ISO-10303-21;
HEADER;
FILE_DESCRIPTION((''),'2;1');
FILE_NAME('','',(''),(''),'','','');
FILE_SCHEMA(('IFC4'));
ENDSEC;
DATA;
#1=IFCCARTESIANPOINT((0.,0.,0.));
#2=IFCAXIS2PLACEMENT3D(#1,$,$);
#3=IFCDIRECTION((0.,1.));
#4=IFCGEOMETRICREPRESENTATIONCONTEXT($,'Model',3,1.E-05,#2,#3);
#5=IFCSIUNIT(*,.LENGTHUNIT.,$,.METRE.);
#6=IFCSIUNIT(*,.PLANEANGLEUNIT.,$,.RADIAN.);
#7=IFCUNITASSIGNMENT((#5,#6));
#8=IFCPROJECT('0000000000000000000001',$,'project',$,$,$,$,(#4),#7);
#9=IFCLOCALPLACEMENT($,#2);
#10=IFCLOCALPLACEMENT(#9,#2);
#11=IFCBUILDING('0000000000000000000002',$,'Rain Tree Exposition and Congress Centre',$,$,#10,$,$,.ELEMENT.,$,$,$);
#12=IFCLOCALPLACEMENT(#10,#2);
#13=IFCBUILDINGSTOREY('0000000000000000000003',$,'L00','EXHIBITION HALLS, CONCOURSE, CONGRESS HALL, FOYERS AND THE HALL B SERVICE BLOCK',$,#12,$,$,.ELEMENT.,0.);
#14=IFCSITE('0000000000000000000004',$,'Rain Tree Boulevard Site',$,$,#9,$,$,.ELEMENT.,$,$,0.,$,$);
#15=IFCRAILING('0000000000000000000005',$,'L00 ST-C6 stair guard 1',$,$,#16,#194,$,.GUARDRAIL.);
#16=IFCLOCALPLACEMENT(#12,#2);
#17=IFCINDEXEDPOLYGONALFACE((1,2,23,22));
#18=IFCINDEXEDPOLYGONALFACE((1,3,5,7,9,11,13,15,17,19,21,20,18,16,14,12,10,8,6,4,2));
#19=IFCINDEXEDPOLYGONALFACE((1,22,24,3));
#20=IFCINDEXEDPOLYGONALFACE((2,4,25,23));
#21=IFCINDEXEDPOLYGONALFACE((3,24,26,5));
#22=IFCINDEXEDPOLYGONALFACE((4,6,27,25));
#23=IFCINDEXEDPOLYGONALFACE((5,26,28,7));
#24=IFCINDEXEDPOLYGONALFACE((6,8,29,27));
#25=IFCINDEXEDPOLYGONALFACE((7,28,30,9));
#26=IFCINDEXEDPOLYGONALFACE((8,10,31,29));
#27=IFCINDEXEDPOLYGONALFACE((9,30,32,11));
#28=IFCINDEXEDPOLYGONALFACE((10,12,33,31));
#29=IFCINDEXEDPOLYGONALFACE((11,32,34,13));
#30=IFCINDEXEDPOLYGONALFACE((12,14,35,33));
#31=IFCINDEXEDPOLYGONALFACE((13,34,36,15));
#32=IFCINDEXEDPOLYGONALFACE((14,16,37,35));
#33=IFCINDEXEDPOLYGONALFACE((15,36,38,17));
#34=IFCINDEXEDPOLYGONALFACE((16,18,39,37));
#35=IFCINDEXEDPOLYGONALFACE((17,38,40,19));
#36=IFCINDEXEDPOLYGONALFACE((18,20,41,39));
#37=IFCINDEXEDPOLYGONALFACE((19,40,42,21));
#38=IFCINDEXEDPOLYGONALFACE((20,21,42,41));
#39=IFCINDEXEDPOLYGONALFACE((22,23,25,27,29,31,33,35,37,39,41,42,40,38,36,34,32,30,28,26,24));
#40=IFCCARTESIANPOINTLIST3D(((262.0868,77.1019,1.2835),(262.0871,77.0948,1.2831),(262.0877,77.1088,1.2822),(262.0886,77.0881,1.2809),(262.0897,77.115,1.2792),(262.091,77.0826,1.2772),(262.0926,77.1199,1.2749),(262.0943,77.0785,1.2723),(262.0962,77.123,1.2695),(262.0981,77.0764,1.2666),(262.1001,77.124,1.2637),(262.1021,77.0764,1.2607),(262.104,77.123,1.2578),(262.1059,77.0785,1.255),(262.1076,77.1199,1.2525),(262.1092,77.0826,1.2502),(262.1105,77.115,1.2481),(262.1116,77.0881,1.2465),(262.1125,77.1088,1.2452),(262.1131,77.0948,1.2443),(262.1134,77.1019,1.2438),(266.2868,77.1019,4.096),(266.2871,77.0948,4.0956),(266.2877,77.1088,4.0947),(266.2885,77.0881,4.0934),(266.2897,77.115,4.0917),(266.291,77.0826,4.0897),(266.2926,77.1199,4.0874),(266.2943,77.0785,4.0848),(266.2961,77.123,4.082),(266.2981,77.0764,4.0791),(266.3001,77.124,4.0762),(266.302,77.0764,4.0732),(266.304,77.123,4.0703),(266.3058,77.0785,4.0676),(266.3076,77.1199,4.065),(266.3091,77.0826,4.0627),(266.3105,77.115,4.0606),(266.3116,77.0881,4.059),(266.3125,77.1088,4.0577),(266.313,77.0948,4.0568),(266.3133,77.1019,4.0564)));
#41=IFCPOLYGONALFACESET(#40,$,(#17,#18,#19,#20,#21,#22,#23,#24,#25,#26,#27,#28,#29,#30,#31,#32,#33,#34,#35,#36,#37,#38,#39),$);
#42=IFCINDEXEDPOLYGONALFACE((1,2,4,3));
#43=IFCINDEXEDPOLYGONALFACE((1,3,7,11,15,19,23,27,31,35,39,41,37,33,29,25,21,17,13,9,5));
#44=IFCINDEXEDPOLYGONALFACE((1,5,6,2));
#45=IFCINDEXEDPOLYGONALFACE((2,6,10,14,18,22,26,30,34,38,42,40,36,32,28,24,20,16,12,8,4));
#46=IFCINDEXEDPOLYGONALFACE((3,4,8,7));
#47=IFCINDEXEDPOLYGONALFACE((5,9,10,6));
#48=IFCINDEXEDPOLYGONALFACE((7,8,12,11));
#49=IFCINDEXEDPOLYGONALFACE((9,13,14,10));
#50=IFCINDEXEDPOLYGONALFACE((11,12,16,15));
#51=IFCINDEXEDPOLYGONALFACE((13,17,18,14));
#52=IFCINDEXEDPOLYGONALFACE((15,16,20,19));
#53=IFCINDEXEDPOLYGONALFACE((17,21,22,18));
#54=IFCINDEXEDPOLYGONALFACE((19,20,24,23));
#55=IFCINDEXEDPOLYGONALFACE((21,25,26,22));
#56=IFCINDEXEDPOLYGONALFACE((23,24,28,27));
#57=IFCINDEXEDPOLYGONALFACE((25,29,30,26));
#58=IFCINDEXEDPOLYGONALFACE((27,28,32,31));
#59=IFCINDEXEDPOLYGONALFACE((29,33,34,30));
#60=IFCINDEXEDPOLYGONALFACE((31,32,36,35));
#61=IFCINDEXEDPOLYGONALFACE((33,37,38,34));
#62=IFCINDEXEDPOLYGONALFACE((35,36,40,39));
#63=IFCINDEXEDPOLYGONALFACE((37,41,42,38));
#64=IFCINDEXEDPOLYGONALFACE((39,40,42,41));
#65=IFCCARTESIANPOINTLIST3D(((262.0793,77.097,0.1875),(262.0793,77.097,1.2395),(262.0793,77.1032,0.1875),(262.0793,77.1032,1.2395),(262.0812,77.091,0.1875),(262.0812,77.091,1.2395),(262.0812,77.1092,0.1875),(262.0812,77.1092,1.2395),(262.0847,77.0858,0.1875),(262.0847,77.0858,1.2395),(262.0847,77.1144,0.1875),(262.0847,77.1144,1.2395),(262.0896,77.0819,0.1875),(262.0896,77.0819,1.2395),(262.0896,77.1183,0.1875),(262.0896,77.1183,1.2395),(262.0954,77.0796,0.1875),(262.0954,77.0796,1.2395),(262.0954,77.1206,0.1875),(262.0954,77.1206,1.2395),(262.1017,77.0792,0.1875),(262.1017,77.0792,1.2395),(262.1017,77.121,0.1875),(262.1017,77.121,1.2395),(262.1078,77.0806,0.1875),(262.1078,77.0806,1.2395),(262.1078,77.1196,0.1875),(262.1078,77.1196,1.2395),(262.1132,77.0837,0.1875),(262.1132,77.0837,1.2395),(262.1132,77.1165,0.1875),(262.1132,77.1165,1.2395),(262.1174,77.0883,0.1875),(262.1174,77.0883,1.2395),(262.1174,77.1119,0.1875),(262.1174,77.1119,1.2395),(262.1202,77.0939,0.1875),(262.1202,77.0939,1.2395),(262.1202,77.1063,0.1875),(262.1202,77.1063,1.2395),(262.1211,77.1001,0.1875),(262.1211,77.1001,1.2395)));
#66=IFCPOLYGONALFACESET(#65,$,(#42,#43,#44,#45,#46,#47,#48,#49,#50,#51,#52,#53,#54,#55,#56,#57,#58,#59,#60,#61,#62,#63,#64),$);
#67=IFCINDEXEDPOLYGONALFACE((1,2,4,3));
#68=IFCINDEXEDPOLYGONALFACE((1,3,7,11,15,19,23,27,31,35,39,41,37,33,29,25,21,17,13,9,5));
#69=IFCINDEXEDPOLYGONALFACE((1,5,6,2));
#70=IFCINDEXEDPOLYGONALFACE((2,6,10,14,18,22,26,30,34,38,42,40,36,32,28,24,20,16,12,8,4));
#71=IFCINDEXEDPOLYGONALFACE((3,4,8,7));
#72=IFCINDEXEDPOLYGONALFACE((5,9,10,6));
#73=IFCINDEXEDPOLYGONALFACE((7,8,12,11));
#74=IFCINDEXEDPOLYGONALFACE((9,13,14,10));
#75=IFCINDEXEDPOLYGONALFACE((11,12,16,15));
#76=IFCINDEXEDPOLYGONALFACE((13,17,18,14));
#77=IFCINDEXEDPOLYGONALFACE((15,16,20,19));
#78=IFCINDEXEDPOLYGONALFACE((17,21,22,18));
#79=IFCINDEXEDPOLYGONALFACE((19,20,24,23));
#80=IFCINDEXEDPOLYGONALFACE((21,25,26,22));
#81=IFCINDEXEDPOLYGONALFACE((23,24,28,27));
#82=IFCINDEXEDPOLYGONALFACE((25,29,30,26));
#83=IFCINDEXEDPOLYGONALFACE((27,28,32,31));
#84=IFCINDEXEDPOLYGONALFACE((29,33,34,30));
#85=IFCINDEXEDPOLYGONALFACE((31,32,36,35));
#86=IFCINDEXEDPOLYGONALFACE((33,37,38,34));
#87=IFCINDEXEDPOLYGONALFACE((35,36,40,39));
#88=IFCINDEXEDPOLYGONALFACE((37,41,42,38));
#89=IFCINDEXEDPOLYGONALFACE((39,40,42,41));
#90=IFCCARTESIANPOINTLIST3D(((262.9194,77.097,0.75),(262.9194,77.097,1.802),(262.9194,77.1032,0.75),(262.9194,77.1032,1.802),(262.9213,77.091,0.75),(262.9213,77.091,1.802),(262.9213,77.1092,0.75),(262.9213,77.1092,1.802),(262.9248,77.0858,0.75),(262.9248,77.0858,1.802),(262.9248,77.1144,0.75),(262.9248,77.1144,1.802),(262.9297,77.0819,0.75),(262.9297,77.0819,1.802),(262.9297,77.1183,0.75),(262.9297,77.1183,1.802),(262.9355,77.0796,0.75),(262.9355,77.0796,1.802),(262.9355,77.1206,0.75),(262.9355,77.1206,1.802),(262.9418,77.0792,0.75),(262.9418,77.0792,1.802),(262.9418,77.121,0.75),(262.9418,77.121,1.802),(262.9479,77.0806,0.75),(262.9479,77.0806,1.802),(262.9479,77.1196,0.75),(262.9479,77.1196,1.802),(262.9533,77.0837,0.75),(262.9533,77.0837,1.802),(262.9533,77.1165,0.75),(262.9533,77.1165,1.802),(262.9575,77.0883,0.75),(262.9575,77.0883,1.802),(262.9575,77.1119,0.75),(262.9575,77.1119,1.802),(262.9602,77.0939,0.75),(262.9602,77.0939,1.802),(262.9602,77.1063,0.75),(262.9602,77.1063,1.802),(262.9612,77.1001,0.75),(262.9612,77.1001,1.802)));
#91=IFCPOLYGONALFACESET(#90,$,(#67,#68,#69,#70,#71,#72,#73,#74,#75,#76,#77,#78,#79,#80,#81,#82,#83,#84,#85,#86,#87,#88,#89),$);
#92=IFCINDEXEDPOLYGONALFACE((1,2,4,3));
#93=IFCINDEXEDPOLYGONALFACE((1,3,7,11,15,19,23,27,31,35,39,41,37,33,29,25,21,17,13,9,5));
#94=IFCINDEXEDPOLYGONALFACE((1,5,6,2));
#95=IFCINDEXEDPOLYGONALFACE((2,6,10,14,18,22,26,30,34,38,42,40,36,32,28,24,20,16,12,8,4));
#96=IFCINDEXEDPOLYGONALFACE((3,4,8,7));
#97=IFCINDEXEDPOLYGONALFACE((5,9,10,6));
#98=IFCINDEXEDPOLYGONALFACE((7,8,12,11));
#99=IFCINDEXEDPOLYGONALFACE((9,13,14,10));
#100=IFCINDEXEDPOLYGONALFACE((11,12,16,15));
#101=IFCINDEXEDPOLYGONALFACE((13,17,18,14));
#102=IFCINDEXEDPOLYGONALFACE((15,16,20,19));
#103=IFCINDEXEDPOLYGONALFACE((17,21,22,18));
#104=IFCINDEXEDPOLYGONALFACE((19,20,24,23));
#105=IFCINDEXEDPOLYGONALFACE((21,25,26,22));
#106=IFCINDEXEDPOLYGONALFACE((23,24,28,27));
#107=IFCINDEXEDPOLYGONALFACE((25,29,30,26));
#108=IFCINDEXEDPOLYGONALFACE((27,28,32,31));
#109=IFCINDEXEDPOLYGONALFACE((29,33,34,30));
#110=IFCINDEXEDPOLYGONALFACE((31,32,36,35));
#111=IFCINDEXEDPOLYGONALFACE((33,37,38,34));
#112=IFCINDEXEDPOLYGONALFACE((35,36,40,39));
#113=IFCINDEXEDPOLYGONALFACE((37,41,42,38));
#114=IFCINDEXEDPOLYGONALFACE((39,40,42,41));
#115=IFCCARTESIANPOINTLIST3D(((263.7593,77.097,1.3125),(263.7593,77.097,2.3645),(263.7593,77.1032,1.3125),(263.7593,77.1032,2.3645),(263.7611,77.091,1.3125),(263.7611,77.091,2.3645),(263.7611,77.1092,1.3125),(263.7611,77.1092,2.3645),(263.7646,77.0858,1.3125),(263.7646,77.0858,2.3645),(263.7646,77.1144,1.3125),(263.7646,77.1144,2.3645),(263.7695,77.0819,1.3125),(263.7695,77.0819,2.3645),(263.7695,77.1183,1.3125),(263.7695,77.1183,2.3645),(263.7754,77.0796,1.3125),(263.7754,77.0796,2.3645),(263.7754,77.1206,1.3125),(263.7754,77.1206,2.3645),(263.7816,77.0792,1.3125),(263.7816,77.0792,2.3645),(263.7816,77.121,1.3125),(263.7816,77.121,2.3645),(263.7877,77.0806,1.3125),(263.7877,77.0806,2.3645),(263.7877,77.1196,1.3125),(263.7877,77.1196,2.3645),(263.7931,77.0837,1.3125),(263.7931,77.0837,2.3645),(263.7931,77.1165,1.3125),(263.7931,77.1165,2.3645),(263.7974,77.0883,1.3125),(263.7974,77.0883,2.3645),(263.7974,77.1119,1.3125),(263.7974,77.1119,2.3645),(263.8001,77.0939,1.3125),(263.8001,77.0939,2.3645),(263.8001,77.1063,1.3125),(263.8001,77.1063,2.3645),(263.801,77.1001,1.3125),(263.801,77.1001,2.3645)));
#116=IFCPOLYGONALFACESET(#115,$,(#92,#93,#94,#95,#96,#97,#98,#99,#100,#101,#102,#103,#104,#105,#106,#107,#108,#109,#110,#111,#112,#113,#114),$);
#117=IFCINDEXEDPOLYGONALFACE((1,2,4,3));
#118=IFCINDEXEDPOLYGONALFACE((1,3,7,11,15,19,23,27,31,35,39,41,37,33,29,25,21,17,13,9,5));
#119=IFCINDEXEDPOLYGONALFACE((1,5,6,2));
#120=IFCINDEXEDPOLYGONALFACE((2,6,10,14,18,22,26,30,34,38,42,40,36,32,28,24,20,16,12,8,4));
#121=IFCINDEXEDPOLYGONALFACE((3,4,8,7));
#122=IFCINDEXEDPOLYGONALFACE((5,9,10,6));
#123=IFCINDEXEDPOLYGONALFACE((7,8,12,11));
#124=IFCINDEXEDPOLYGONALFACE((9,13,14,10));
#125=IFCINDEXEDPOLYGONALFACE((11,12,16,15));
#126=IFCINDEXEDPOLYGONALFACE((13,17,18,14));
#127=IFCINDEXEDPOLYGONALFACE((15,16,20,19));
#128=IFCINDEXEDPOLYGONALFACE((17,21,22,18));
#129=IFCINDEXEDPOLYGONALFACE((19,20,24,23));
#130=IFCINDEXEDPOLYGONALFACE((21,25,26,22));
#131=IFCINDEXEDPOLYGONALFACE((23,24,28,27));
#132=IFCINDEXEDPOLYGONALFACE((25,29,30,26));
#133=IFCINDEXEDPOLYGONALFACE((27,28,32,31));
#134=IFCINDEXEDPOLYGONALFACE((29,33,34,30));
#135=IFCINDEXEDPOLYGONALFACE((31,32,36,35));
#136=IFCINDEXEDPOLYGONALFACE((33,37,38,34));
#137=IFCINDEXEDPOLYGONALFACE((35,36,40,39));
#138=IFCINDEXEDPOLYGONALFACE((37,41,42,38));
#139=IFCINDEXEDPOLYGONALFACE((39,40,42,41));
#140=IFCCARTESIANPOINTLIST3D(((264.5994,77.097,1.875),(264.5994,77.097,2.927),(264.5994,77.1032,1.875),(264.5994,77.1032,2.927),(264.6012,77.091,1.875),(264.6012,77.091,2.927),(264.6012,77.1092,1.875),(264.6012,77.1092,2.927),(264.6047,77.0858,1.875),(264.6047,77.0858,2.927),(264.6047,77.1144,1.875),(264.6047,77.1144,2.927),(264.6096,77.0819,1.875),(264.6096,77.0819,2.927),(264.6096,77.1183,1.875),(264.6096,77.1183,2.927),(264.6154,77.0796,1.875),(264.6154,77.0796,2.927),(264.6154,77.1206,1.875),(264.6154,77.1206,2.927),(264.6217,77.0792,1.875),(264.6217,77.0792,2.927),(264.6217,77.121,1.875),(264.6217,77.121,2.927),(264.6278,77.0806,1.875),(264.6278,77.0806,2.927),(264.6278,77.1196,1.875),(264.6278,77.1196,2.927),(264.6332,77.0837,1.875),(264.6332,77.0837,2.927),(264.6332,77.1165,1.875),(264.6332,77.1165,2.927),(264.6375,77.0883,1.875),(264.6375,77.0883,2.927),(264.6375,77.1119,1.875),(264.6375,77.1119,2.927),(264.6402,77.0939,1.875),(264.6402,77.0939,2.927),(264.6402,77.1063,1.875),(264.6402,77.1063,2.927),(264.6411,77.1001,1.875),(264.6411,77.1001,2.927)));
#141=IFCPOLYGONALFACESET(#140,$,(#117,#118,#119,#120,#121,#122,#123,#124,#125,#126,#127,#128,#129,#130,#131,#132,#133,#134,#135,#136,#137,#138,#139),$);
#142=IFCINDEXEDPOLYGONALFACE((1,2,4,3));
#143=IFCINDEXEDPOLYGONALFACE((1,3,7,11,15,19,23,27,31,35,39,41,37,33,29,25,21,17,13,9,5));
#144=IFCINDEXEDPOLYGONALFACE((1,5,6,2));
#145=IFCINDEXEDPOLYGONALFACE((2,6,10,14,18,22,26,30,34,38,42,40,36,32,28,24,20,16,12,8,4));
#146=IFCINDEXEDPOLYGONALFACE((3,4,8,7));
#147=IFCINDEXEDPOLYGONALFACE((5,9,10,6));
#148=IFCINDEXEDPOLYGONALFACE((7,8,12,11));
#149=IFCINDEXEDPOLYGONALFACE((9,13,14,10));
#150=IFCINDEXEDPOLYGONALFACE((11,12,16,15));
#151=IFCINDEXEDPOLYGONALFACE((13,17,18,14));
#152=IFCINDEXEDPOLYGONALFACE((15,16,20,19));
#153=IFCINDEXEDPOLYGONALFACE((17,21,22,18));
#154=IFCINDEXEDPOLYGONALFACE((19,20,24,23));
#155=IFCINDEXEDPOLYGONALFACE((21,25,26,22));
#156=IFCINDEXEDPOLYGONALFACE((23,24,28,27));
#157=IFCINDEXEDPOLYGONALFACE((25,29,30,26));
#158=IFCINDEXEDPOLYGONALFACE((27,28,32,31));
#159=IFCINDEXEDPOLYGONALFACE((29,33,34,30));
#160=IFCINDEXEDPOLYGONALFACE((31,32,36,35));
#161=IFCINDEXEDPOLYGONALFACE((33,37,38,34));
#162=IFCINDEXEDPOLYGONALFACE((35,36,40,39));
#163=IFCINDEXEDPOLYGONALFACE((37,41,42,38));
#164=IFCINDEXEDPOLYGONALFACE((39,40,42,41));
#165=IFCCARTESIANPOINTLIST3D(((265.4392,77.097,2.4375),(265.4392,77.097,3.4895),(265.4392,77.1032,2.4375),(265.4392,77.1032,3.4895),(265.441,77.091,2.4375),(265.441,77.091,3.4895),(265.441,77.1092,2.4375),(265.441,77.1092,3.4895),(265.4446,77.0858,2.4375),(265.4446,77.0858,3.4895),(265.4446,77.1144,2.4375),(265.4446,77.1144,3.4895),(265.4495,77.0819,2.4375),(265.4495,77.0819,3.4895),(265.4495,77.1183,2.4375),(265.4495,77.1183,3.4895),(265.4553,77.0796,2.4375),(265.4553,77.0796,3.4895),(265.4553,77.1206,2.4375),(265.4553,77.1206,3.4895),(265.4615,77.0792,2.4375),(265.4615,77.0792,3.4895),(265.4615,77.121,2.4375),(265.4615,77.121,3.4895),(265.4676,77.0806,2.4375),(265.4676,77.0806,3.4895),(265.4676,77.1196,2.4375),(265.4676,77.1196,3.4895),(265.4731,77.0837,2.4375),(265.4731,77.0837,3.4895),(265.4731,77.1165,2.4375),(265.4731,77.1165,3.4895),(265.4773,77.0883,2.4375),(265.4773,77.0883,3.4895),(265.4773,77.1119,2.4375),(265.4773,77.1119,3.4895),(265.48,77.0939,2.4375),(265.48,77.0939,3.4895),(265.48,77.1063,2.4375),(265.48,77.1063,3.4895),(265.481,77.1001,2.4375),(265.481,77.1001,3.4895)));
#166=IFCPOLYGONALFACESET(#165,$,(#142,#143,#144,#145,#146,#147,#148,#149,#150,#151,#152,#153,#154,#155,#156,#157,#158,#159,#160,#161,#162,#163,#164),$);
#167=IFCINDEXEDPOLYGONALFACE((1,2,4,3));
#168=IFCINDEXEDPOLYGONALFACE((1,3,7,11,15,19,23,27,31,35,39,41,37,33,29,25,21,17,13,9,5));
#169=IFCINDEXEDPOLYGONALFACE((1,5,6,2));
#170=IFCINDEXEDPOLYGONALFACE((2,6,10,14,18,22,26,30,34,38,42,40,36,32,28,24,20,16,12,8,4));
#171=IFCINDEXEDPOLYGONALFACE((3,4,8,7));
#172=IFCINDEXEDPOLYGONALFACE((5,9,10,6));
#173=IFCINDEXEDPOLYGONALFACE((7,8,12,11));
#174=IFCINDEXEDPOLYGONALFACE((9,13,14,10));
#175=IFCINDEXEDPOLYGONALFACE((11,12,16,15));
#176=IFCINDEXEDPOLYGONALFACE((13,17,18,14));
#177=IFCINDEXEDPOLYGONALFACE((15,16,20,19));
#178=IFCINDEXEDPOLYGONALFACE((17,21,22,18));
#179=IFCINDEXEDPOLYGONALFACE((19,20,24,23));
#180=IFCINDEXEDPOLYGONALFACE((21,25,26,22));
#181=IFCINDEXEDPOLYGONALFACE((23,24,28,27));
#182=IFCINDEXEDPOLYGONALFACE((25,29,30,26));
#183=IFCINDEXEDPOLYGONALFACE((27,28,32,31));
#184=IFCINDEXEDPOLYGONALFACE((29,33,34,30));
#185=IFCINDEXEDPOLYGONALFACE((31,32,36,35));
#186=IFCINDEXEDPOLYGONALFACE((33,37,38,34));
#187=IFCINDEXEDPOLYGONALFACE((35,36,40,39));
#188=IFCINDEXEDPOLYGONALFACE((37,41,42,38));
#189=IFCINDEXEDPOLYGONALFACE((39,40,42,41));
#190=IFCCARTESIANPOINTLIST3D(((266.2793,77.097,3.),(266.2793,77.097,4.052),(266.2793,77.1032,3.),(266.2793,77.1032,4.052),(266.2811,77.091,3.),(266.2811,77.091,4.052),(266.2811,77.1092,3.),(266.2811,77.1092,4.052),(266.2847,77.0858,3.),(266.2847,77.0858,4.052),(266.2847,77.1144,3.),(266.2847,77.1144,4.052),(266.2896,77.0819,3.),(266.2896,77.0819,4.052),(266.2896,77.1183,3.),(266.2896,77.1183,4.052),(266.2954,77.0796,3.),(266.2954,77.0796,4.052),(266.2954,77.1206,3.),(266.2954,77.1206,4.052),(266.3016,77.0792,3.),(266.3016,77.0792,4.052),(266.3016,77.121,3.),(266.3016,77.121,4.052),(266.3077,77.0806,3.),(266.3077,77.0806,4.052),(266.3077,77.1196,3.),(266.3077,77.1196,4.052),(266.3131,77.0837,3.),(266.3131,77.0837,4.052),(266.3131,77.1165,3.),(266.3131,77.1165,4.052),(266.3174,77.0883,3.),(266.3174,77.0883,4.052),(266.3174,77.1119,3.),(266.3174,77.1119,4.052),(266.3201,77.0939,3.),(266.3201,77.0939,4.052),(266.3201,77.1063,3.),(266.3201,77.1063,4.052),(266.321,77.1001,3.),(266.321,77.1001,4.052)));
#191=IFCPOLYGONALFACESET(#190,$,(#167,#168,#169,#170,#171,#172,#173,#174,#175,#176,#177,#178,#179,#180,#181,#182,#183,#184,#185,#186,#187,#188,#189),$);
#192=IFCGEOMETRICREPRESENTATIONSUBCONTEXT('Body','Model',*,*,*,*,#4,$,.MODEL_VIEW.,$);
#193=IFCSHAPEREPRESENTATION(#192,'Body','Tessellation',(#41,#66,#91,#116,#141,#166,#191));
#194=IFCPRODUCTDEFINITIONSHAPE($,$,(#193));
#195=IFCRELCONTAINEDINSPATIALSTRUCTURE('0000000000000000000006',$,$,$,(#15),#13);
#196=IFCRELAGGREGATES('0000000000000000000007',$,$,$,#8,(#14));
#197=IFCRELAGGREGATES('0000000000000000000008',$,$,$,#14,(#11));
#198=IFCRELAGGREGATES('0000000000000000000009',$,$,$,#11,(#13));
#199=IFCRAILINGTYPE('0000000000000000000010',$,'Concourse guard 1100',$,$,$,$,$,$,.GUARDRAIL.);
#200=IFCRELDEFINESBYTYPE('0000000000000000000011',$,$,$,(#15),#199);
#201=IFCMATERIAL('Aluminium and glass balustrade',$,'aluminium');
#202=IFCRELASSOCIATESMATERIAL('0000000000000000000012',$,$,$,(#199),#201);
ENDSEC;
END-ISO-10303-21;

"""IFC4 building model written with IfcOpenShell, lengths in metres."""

from ifc_helpers import new_model, si_unit, direction, frame, origin, origin_2d, place, context, subcontext, project, spatial, circle, extrude, material, type_object, element, save


model = new_model("IFC4")

# Units and contexts
model_context = context("Model", 3, precision=1e-05, world=origin(), true_north=direction((0.0, 1.0)))
body_context = subcontext(model_context, "Body", "Model", "MODEL_VIEW")
ifc_project = project(units=[si_unit("LENGTHUNIT", "METRE"), si_unit("PLANEANGLEUNIT", "RADIAN")], contexts=[model_context])

# Site, building, storey
site_placement = place(None, origin())
site = spatial("IfcSite", under=ifc_project, at=site_placement, Name="Rain Tree Boulevard Site", CompositionType="ELEMENT", RefElevation=0.0)
building_placement = place(site_placement, origin())
building = spatial("IfcBuilding", under=site, at=building_placement, Name="Rain Tree Exposition and Congress Centre", CompositionType="ELEMENT")
storey_placement = place(building_placement, origin())
storey = spatial("IfcBuildingStorey", under=building, at=storey_placement, Name="L00", Description="EXHIBITION HALLS, CONCOURSE, CONGRESS HALL, FOYERS AND THE HALL B SERVICE BLOCK", CompositionType="ELEMENT", Elevation=0.0)

# Railing
ifc_material_1 = material(Name="Aluminium and glass balustrade", Category="aluminium")
railing_type_1 = type_object("IfcRailingType", Name="Concourse guard 1100", PredefinedType="GUARDRAIL", material=ifc_material_1)
railing_1_placement = place(storey_placement, frame((262.1001, 77.1001, 0.1875)))
element("IfcRailing", 1, at=railing_1_placement, inside=storey, type_object=railing_type_1, Name="L00 ST-C6 stair guard 1", PredefinedType="GUARDRAIL", context=body_context, shape_type="SweptSolid", body=[
    extrude(circle(Radius=0.0239, at=origin_2d()), frame((0.0, 0.0, 1.0762), z_axis=(0.830904, 0.0, 0.556416), x_axis=(0.0, 1.0, 0.0)), (0.0, 0.0, 1.0), 5.0547),
    extrude(circle(Radius=0.021, at=origin_2d()), origin(), (0.0, 0.0, 1.0), 1.052),
    extrude(circle(Radius=0.021, at=origin_2d()), frame((0.8401, 0.0, 0.5625)), (0.0, 0.0, 1.0), 1.052),
    extrude(circle(Radius=0.021, at=origin_2d()), frame((1.6799, 0.0, 1.125)), (0.0, 0.0, 1.0), 1.052),
    extrude(circle(Radius=0.021, at=origin_2d()), frame((2.52, 0.0, 1.6875)), (0.0, 0.0, 1.0), 1.052),
    extrude(circle(Radius=0.021, at=origin_2d()), frame((3.3599, 0.0, 2.25)), (0.0, 0.0, 1.0), 1.052),
    extrude(circle(Radius=0.021, at=origin_2d()), frame((4.2, 0.0, 2.8125)), (0.0, 0.0, 1.0), 1.052),
])

save(model, "model.ifc")
